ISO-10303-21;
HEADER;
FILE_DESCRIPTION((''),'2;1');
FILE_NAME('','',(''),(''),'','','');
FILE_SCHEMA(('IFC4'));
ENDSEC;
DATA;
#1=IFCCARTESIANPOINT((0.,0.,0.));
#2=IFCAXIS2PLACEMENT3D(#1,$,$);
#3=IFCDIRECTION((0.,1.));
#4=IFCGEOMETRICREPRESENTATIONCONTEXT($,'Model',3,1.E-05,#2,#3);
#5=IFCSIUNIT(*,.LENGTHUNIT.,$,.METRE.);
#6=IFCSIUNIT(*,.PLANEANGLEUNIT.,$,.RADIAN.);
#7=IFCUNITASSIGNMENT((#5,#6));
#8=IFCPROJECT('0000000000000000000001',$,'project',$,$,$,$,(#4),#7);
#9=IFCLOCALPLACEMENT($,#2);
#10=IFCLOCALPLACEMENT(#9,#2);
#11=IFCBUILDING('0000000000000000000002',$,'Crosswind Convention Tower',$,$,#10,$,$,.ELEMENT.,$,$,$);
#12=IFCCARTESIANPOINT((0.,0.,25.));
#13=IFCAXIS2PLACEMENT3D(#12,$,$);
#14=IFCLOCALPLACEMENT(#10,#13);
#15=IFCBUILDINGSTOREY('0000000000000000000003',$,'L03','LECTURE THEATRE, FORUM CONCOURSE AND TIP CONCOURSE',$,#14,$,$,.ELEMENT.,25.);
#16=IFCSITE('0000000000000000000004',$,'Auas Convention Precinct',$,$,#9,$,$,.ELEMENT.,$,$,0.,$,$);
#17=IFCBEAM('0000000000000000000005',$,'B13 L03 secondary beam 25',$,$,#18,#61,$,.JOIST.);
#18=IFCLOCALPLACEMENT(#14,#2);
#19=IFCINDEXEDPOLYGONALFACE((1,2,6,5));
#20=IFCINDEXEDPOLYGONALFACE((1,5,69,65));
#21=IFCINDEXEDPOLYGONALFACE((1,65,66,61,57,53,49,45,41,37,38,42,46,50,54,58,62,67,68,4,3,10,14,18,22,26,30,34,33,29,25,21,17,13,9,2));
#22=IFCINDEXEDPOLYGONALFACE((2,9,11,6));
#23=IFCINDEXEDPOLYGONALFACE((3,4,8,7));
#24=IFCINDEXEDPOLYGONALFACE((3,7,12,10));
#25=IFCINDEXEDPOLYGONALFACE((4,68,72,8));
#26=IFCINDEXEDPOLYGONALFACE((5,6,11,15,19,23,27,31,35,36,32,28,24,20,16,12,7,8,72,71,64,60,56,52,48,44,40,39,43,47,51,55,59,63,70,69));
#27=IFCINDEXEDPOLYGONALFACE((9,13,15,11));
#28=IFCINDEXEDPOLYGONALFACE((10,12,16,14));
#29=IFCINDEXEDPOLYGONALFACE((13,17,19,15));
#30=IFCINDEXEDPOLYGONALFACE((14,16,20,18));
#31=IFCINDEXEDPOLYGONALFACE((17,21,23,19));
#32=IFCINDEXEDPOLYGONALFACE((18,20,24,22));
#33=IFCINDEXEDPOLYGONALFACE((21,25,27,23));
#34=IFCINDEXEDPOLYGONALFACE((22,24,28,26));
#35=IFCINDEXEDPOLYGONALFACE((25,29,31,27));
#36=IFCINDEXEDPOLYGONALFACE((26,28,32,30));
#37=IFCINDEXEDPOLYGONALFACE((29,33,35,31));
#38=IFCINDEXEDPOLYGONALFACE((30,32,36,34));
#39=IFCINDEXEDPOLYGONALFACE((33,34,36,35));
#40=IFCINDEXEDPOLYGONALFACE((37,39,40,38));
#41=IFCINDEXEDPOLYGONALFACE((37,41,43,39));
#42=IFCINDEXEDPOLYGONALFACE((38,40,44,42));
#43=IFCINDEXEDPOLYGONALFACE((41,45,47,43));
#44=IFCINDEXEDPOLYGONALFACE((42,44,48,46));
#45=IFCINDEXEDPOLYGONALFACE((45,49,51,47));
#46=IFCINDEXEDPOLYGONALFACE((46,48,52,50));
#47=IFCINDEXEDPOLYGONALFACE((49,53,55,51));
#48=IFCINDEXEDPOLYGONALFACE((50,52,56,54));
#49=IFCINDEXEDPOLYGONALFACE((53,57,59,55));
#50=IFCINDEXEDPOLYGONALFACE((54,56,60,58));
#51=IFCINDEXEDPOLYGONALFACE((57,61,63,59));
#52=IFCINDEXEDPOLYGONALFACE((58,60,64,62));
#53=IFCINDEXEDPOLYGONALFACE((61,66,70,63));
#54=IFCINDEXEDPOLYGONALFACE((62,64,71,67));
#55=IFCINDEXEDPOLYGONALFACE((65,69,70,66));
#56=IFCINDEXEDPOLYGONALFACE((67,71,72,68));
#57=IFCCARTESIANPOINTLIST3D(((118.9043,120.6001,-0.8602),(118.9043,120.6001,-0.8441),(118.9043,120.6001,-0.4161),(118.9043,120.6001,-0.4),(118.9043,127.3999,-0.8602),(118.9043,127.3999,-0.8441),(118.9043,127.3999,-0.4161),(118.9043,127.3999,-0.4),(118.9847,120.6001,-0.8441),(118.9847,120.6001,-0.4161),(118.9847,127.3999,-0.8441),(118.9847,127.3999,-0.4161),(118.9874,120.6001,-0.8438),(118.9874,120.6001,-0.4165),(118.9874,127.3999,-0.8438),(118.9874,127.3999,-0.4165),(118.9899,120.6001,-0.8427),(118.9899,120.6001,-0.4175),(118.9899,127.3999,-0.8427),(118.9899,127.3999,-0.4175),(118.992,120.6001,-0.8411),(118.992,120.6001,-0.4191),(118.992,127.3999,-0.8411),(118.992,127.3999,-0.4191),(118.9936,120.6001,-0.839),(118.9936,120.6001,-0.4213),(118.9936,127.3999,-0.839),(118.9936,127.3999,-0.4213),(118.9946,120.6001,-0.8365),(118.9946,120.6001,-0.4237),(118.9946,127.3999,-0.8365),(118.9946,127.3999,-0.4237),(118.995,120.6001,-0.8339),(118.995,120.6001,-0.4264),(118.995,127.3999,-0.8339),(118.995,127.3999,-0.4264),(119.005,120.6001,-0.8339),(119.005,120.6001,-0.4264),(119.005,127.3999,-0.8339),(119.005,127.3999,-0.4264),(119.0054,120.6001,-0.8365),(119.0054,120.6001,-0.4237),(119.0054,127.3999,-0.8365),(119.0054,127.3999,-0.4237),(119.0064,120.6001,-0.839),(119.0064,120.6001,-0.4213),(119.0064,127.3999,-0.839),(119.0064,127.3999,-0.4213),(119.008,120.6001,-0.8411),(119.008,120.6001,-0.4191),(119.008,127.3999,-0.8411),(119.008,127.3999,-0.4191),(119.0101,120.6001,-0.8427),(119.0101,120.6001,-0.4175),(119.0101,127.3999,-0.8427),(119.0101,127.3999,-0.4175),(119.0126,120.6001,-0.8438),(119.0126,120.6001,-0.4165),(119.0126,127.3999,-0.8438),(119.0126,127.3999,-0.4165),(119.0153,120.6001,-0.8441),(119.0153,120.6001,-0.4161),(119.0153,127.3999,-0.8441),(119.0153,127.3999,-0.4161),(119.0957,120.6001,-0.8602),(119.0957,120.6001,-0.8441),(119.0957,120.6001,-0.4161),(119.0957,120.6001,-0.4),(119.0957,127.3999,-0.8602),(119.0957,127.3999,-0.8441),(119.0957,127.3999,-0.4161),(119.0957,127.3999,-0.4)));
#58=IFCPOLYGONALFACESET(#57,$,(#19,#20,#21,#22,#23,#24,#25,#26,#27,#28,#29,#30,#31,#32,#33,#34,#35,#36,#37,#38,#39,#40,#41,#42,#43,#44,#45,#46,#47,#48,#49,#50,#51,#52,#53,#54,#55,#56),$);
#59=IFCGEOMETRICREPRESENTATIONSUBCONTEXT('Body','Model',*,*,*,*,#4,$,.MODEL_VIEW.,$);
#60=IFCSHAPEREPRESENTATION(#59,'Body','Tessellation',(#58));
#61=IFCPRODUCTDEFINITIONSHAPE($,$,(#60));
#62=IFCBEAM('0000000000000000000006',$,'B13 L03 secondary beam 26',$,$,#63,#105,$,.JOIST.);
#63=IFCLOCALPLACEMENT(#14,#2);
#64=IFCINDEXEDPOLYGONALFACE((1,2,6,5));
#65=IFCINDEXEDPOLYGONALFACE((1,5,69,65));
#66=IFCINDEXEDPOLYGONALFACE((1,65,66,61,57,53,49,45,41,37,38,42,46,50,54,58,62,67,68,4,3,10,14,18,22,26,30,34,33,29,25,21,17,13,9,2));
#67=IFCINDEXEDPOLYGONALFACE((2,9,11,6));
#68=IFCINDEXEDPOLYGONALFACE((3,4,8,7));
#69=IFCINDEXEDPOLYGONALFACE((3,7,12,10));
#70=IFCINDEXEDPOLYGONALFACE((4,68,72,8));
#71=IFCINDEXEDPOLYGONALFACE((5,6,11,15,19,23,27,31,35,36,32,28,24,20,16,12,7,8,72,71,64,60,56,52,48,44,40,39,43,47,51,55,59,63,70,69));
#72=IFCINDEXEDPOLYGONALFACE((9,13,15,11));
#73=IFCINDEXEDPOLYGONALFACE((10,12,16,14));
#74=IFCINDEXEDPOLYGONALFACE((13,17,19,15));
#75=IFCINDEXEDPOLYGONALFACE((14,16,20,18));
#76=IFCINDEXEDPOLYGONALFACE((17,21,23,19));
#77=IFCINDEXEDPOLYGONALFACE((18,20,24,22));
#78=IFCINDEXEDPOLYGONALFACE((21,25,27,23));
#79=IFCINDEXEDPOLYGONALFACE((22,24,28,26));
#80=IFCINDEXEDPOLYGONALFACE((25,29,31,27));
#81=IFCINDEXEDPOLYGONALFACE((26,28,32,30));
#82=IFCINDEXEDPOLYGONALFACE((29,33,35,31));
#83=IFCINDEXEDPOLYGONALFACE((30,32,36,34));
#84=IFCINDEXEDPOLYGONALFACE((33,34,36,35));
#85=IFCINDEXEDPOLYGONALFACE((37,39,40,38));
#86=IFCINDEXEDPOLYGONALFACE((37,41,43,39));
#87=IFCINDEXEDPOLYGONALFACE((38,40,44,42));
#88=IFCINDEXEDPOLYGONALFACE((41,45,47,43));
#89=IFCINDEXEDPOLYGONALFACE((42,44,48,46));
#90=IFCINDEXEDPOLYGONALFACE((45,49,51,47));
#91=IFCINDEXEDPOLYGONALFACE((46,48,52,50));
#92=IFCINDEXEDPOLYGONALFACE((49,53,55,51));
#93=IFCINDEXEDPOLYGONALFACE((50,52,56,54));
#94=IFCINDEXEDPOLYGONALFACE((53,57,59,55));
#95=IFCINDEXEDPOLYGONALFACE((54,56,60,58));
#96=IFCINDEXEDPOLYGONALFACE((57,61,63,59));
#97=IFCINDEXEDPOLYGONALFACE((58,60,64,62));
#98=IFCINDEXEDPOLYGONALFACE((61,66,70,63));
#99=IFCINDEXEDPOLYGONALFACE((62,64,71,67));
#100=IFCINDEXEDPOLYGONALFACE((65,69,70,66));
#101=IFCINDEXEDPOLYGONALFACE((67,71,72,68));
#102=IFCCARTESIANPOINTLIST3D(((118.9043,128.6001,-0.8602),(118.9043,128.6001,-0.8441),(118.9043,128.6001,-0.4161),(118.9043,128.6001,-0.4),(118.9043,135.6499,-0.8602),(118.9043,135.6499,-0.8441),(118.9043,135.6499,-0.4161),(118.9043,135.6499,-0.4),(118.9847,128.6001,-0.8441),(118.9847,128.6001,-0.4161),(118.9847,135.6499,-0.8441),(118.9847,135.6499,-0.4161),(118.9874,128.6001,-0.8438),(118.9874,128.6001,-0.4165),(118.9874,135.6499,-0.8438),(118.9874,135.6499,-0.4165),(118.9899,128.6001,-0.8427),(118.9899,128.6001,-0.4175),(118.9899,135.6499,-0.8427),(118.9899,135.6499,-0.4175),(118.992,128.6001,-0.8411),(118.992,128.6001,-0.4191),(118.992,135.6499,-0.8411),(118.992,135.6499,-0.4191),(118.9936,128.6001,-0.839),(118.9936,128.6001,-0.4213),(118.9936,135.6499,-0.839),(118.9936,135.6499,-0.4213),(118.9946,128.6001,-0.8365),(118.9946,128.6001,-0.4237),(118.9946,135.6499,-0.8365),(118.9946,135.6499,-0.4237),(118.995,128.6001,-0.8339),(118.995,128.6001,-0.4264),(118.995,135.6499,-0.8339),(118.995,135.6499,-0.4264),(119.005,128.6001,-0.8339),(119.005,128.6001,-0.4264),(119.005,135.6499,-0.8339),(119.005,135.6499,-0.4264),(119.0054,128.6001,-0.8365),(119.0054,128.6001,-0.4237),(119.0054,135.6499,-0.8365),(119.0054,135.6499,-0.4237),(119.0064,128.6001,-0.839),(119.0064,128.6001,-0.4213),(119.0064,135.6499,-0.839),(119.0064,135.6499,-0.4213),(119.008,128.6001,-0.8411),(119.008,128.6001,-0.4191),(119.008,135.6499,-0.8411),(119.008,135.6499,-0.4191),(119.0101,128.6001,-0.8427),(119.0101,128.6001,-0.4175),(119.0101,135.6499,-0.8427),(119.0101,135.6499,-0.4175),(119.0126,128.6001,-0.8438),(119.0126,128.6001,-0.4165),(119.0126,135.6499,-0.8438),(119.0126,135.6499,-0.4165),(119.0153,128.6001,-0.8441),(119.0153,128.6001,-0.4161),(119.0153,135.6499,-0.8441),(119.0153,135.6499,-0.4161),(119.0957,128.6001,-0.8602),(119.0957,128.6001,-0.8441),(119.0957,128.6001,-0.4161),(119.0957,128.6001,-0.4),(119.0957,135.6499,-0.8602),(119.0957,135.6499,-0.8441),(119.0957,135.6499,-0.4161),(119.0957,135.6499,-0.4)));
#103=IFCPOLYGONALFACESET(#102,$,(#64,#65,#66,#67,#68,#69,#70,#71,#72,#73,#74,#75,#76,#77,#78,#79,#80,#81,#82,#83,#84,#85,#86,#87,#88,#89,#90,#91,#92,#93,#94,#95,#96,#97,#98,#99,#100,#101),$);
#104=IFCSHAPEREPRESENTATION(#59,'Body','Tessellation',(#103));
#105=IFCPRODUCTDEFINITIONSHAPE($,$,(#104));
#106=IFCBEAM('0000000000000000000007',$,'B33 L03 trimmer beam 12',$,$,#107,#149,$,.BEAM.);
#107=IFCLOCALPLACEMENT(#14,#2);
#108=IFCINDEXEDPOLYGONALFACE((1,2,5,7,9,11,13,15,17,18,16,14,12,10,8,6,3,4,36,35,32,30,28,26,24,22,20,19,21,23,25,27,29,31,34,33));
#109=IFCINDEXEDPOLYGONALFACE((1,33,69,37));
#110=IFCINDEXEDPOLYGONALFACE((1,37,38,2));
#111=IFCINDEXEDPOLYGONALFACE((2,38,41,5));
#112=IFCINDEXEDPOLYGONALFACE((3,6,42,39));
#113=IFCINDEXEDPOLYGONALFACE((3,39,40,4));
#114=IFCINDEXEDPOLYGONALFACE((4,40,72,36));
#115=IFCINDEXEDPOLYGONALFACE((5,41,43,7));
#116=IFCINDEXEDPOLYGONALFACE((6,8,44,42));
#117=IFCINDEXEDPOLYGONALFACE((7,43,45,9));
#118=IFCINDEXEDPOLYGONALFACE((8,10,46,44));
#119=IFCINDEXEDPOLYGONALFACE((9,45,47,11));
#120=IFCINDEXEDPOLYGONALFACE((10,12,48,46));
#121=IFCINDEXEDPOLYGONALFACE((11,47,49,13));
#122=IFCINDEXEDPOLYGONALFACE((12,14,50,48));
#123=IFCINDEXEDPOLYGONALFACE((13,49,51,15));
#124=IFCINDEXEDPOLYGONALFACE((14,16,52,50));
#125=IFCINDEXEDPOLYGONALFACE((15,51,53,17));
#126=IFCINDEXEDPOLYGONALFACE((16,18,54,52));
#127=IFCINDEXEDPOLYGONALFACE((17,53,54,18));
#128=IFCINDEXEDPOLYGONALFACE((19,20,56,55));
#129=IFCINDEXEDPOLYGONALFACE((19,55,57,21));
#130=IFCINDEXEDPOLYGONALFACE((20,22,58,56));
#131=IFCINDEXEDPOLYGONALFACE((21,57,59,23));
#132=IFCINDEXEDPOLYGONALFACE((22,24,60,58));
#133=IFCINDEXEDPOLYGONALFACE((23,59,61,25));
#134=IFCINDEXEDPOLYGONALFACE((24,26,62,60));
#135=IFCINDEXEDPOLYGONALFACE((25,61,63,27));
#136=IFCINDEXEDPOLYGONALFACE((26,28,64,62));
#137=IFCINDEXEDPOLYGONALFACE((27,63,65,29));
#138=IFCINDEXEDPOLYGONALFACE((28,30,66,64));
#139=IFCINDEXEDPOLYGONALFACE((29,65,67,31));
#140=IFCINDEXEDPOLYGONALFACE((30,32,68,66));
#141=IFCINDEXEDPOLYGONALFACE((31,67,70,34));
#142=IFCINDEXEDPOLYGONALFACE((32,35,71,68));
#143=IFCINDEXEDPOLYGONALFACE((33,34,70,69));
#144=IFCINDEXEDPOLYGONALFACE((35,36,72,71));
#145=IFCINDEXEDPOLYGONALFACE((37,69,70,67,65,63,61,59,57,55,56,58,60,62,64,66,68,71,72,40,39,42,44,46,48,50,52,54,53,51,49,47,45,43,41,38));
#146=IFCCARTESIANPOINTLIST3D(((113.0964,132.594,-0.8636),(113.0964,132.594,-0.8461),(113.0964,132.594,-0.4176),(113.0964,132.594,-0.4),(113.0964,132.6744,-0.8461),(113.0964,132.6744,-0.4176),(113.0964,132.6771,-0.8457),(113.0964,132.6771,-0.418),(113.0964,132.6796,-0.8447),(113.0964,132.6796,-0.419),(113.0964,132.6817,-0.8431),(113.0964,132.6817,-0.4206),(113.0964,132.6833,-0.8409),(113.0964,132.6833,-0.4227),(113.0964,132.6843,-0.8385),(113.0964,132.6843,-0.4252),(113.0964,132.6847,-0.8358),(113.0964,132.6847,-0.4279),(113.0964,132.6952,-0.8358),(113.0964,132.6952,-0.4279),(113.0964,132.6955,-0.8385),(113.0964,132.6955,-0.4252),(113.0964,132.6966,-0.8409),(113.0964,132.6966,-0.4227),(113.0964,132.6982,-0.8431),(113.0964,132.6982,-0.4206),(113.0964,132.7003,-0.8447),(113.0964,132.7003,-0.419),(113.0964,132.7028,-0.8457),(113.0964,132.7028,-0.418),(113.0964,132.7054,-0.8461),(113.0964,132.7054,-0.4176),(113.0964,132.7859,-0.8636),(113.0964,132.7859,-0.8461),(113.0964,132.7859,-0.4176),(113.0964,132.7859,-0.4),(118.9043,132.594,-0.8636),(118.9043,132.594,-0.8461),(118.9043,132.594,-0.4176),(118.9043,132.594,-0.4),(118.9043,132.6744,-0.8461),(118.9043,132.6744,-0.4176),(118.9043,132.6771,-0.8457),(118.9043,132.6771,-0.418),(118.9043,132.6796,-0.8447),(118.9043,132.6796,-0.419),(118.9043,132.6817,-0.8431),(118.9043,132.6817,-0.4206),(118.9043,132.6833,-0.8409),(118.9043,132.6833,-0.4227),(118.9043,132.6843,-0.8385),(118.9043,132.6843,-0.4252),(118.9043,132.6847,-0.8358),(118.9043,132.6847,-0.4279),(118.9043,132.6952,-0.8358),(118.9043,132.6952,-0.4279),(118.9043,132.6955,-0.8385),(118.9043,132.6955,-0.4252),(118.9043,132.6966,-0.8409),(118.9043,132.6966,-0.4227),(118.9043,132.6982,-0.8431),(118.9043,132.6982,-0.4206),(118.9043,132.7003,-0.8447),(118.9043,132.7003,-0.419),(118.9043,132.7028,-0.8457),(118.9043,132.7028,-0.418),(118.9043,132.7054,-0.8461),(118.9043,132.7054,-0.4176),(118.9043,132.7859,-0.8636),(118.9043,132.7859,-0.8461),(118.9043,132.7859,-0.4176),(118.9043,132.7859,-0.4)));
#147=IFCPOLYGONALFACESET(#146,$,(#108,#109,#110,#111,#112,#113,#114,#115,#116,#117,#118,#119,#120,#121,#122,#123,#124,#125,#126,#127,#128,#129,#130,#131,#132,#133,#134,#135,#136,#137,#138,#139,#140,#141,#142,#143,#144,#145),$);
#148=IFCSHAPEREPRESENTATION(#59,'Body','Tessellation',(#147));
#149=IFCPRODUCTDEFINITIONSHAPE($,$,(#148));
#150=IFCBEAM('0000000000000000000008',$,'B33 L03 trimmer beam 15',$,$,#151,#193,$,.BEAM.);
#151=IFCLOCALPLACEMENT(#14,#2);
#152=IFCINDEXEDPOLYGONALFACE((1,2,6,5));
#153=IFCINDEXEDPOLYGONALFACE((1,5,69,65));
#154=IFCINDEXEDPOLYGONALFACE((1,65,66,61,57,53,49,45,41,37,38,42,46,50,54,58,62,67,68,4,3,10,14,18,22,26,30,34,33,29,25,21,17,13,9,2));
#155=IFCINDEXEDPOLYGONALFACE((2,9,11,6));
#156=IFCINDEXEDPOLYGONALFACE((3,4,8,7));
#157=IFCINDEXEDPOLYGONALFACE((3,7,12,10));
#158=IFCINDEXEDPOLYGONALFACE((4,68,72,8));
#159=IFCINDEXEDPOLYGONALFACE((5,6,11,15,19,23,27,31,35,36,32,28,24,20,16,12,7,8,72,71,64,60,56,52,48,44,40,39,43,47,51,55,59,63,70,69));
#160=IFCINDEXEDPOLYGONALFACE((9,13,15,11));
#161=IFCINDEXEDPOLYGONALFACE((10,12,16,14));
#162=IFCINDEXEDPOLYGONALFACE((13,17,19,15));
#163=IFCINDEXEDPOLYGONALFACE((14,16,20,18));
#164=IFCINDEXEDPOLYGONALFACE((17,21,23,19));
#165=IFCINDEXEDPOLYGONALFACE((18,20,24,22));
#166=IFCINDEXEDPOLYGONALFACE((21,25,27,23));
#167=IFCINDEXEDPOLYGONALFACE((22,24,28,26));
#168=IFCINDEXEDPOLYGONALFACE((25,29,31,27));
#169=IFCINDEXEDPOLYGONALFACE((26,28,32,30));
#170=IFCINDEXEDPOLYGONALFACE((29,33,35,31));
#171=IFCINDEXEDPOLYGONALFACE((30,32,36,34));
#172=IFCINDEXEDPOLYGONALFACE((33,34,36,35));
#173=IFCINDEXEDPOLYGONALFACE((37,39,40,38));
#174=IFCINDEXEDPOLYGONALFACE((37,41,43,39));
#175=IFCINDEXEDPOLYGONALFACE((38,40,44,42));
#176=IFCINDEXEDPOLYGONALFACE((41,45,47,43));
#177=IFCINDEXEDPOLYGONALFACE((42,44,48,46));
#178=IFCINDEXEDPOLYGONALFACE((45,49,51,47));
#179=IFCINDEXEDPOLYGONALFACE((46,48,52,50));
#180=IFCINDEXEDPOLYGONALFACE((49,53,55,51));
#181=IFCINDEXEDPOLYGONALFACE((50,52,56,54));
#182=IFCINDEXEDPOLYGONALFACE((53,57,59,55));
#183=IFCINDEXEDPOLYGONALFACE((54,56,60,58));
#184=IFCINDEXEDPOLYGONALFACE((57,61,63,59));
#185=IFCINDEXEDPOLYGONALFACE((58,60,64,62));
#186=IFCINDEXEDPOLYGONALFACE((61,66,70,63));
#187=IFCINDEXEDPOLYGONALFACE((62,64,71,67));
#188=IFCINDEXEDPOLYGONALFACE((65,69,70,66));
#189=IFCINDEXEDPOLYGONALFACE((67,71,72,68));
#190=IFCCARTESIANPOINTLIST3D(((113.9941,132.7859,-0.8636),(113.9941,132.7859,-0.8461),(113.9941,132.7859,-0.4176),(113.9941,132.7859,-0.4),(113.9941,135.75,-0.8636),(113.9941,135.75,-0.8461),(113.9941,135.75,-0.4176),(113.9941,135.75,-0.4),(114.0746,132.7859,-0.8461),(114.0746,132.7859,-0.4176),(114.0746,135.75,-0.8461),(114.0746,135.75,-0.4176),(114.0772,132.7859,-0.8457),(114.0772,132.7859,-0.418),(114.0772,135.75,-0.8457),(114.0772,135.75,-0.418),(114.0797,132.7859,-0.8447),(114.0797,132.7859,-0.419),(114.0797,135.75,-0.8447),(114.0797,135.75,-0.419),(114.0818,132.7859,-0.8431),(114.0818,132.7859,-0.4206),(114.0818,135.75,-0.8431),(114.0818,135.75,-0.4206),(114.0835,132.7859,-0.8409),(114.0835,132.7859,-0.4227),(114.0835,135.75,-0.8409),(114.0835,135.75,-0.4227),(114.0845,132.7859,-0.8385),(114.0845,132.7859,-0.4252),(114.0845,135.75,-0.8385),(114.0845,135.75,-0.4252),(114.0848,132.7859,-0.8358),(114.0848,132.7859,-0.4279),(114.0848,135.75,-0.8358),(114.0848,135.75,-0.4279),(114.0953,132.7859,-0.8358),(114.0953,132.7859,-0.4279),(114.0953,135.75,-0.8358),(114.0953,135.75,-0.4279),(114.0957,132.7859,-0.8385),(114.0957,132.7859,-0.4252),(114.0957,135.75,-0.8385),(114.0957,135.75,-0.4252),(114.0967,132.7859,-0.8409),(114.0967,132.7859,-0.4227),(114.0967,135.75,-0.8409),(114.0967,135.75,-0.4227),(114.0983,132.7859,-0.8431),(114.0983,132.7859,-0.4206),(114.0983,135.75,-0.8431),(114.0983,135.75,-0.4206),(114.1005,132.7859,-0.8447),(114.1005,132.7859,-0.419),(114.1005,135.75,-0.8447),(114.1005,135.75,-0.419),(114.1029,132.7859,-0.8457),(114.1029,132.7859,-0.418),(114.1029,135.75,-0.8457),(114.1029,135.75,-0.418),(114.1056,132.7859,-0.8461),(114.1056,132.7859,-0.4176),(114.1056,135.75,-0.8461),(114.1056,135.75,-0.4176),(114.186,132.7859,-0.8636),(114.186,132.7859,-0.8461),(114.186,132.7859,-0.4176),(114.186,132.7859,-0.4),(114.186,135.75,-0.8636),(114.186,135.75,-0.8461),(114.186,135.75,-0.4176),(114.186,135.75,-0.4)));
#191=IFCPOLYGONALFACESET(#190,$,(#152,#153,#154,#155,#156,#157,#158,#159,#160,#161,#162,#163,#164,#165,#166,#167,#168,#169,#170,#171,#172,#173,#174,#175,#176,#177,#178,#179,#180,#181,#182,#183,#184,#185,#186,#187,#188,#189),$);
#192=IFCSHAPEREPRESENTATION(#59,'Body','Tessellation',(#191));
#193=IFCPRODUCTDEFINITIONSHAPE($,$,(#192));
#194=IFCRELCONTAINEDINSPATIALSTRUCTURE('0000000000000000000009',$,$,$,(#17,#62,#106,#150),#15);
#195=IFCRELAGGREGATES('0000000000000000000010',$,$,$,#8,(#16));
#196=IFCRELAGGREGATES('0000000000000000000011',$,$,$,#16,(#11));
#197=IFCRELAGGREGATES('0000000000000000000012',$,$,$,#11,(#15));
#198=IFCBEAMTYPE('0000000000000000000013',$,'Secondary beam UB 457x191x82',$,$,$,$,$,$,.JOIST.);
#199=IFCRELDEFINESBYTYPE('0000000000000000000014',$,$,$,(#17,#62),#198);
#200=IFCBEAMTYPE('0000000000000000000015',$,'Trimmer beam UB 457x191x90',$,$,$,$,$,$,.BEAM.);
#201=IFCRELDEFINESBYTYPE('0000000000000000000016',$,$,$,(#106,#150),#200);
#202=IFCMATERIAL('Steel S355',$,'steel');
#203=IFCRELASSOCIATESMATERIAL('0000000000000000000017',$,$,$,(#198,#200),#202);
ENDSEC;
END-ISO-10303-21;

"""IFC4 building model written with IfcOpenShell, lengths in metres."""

from ifc_helpers import new_model, si_unit, direction, frame, origin, origin_2d, place, context, subcontext, project, spatial, i_section, extrude, material, material_profile, profile_set, type_object, element, save


model = new_model("IFC4")

# Units and contexts
model_context = context("Model", 3, precision=1e-05, world=origin(), true_north=direction((0.0, 1.0)))
body_context = subcontext(model_context, "Body", "Model", "MODEL_VIEW")
ifc_project = project(units=[si_unit("LENGTHUNIT", "METRE"), si_unit("PLANEANGLEUNIT", "RADIAN")], contexts=[model_context])

# Site, building, storey
site_placement = place(None, origin())
site = spatial("IfcSite", under=ifc_project, at=site_placement, Name="Auas Convention Precinct", CompositionType="ELEMENT", RefElevation=0.0)
building_placement = place(site_placement, origin())
building = spatial("IfcBuilding", under=site, at=building_placement, Name="Crosswind Convention Tower", CompositionType="ELEMENT")
storey_placement = place(building_placement, frame((0.0, 0.0, 25.0)))
storey = spatial("IfcBuildingStorey", under=building, at=storey_placement, Name="L03", Description="LECTURE THEATRE, FORUM CONCOURSE AND TIP CONCOURSE", CompositionType="ELEMENT", Elevation=25.0)

# Beams
ifc_material_1 = material(Name="Steel S355", Category="steel")
ifc_material_profile_1 = material_profile(ifc_material_1, i_section(OverallWidth=0.1914, OverallDepth=0.4602, WebThickness=0.01, FlangeThickness=0.0161, FilletRadius=0.0103, at=origin_2d()), Name="UB 457x191x82")
ifc_profile_set_1 = profile_set([ifc_material_profile_1], Name="Steel S355")
beam_type_1 = type_object("IfcBeamType", Name="Secondary beam UB 457x191x82", PredefinedType="JOIST", material=ifc_profile_set_1)
beam_1_placement = place(storey_placement, frame((119.0, 120.6001, -0.6301), z_axis=(0.0, 1.0, 0.0), x_axis=(-1.0, 0.0, 0.0)))
element("IfcBeam", 1, at=beam_1_placement, inside=storey, type_object=beam_type_1, Name="B13 L03 secondary beam 25", PredefinedType="JOIST", context=body_context, shape_type="SweptSolid", body=[
    extrude(i_section(OverallWidth=0.1914, OverallDepth=0.4602, WebThickness=0.01, FlangeThickness=0.0161, FilletRadius=0.0103, at=origin_2d()), origin(), (0.0, 0.0, 1.0), 6.7998),
])
beam_2_placement = place(storey_placement, frame((119.0, 128.6001, -0.6301), z_axis=(0.0, 1.0, 0.0), x_axis=(-1.0, 0.0, 0.0)))
element("IfcBeam", 2, at=beam_2_placement, inside=storey, type_object=beam_type_1, Name="B13 L03 secondary beam 26", PredefinedType="JOIST", context=body_context, shape_type="SweptSolid", body=[
    extrude(i_section(OverallWidth=0.1914, OverallDepth=0.4602, WebThickness=0.01, FlangeThickness=0.0161, FilletRadius=0.0103, at=origin_2d()), origin(), (0.0, 0.0, 1.0), 7.0498),
])
ifc_material_profile_2 = material_profile(ifc_material_1, i_section(OverallWidth=0.1919, OverallDepth=0.4636, WebThickness=0.0105, FlangeThickness=0.0176, FilletRadius=0.0103, at=origin_2d()), Name="UB 457x191x90")
ifc_profile_set_2 = profile_set([ifc_material_profile_2], Name="Steel S355")
beam_type_2 = type_object("IfcBeamType", Name="Trimmer beam UB 457x191x90", PredefinedType="BEAM", material=ifc_profile_set_2)
beam_3_placement = place(storey_placement, frame((113.0964, 132.6899, -0.6318), z_axis=(1.0, 0.0, 0.0), x_axis=(0.0, 1.0, 0.0)))
element("IfcBeam", 3, at=beam_3_placement, inside=storey, type_object=beam_type_2, Name="B33 L03 trimmer beam 12", PredefinedType="BEAM", context=body_context, shape_type="SweptSolid", body=[
    extrude(i_section(OverallWidth=0.1919, OverallDepth=0.4636, WebThickness=0.0105, FlangeThickness=0.0176, FilletRadius=0.0103, at=origin_2d()), origin(), (0.0, 0.0, 1.0), 5.8079),
])
beam_4_placement = place(storey_placement, frame((114.0901, 132.7859, -0.6318), z_axis=(0.0, 1.0, 0.0), x_axis=(-1.0, 0.0, 0.0)))
element("IfcBeam", 4, at=beam_4_placement, inside=storey, type_object=beam_type_2, Name="B33 L03 trimmer beam 15", PredefinedType="BEAM", context=body_context, shape_type="SweptSolid", body=[
    extrude(i_section(OverallWidth=0.1919, OverallDepth=0.4636, WebThickness=0.0105, FlangeThickness=0.0176, FilletRadius=0.0103, at=origin_2d()), origin(), (0.0, 0.0, 1.0), 2.9641),
])

save(model, "model.ifc")
